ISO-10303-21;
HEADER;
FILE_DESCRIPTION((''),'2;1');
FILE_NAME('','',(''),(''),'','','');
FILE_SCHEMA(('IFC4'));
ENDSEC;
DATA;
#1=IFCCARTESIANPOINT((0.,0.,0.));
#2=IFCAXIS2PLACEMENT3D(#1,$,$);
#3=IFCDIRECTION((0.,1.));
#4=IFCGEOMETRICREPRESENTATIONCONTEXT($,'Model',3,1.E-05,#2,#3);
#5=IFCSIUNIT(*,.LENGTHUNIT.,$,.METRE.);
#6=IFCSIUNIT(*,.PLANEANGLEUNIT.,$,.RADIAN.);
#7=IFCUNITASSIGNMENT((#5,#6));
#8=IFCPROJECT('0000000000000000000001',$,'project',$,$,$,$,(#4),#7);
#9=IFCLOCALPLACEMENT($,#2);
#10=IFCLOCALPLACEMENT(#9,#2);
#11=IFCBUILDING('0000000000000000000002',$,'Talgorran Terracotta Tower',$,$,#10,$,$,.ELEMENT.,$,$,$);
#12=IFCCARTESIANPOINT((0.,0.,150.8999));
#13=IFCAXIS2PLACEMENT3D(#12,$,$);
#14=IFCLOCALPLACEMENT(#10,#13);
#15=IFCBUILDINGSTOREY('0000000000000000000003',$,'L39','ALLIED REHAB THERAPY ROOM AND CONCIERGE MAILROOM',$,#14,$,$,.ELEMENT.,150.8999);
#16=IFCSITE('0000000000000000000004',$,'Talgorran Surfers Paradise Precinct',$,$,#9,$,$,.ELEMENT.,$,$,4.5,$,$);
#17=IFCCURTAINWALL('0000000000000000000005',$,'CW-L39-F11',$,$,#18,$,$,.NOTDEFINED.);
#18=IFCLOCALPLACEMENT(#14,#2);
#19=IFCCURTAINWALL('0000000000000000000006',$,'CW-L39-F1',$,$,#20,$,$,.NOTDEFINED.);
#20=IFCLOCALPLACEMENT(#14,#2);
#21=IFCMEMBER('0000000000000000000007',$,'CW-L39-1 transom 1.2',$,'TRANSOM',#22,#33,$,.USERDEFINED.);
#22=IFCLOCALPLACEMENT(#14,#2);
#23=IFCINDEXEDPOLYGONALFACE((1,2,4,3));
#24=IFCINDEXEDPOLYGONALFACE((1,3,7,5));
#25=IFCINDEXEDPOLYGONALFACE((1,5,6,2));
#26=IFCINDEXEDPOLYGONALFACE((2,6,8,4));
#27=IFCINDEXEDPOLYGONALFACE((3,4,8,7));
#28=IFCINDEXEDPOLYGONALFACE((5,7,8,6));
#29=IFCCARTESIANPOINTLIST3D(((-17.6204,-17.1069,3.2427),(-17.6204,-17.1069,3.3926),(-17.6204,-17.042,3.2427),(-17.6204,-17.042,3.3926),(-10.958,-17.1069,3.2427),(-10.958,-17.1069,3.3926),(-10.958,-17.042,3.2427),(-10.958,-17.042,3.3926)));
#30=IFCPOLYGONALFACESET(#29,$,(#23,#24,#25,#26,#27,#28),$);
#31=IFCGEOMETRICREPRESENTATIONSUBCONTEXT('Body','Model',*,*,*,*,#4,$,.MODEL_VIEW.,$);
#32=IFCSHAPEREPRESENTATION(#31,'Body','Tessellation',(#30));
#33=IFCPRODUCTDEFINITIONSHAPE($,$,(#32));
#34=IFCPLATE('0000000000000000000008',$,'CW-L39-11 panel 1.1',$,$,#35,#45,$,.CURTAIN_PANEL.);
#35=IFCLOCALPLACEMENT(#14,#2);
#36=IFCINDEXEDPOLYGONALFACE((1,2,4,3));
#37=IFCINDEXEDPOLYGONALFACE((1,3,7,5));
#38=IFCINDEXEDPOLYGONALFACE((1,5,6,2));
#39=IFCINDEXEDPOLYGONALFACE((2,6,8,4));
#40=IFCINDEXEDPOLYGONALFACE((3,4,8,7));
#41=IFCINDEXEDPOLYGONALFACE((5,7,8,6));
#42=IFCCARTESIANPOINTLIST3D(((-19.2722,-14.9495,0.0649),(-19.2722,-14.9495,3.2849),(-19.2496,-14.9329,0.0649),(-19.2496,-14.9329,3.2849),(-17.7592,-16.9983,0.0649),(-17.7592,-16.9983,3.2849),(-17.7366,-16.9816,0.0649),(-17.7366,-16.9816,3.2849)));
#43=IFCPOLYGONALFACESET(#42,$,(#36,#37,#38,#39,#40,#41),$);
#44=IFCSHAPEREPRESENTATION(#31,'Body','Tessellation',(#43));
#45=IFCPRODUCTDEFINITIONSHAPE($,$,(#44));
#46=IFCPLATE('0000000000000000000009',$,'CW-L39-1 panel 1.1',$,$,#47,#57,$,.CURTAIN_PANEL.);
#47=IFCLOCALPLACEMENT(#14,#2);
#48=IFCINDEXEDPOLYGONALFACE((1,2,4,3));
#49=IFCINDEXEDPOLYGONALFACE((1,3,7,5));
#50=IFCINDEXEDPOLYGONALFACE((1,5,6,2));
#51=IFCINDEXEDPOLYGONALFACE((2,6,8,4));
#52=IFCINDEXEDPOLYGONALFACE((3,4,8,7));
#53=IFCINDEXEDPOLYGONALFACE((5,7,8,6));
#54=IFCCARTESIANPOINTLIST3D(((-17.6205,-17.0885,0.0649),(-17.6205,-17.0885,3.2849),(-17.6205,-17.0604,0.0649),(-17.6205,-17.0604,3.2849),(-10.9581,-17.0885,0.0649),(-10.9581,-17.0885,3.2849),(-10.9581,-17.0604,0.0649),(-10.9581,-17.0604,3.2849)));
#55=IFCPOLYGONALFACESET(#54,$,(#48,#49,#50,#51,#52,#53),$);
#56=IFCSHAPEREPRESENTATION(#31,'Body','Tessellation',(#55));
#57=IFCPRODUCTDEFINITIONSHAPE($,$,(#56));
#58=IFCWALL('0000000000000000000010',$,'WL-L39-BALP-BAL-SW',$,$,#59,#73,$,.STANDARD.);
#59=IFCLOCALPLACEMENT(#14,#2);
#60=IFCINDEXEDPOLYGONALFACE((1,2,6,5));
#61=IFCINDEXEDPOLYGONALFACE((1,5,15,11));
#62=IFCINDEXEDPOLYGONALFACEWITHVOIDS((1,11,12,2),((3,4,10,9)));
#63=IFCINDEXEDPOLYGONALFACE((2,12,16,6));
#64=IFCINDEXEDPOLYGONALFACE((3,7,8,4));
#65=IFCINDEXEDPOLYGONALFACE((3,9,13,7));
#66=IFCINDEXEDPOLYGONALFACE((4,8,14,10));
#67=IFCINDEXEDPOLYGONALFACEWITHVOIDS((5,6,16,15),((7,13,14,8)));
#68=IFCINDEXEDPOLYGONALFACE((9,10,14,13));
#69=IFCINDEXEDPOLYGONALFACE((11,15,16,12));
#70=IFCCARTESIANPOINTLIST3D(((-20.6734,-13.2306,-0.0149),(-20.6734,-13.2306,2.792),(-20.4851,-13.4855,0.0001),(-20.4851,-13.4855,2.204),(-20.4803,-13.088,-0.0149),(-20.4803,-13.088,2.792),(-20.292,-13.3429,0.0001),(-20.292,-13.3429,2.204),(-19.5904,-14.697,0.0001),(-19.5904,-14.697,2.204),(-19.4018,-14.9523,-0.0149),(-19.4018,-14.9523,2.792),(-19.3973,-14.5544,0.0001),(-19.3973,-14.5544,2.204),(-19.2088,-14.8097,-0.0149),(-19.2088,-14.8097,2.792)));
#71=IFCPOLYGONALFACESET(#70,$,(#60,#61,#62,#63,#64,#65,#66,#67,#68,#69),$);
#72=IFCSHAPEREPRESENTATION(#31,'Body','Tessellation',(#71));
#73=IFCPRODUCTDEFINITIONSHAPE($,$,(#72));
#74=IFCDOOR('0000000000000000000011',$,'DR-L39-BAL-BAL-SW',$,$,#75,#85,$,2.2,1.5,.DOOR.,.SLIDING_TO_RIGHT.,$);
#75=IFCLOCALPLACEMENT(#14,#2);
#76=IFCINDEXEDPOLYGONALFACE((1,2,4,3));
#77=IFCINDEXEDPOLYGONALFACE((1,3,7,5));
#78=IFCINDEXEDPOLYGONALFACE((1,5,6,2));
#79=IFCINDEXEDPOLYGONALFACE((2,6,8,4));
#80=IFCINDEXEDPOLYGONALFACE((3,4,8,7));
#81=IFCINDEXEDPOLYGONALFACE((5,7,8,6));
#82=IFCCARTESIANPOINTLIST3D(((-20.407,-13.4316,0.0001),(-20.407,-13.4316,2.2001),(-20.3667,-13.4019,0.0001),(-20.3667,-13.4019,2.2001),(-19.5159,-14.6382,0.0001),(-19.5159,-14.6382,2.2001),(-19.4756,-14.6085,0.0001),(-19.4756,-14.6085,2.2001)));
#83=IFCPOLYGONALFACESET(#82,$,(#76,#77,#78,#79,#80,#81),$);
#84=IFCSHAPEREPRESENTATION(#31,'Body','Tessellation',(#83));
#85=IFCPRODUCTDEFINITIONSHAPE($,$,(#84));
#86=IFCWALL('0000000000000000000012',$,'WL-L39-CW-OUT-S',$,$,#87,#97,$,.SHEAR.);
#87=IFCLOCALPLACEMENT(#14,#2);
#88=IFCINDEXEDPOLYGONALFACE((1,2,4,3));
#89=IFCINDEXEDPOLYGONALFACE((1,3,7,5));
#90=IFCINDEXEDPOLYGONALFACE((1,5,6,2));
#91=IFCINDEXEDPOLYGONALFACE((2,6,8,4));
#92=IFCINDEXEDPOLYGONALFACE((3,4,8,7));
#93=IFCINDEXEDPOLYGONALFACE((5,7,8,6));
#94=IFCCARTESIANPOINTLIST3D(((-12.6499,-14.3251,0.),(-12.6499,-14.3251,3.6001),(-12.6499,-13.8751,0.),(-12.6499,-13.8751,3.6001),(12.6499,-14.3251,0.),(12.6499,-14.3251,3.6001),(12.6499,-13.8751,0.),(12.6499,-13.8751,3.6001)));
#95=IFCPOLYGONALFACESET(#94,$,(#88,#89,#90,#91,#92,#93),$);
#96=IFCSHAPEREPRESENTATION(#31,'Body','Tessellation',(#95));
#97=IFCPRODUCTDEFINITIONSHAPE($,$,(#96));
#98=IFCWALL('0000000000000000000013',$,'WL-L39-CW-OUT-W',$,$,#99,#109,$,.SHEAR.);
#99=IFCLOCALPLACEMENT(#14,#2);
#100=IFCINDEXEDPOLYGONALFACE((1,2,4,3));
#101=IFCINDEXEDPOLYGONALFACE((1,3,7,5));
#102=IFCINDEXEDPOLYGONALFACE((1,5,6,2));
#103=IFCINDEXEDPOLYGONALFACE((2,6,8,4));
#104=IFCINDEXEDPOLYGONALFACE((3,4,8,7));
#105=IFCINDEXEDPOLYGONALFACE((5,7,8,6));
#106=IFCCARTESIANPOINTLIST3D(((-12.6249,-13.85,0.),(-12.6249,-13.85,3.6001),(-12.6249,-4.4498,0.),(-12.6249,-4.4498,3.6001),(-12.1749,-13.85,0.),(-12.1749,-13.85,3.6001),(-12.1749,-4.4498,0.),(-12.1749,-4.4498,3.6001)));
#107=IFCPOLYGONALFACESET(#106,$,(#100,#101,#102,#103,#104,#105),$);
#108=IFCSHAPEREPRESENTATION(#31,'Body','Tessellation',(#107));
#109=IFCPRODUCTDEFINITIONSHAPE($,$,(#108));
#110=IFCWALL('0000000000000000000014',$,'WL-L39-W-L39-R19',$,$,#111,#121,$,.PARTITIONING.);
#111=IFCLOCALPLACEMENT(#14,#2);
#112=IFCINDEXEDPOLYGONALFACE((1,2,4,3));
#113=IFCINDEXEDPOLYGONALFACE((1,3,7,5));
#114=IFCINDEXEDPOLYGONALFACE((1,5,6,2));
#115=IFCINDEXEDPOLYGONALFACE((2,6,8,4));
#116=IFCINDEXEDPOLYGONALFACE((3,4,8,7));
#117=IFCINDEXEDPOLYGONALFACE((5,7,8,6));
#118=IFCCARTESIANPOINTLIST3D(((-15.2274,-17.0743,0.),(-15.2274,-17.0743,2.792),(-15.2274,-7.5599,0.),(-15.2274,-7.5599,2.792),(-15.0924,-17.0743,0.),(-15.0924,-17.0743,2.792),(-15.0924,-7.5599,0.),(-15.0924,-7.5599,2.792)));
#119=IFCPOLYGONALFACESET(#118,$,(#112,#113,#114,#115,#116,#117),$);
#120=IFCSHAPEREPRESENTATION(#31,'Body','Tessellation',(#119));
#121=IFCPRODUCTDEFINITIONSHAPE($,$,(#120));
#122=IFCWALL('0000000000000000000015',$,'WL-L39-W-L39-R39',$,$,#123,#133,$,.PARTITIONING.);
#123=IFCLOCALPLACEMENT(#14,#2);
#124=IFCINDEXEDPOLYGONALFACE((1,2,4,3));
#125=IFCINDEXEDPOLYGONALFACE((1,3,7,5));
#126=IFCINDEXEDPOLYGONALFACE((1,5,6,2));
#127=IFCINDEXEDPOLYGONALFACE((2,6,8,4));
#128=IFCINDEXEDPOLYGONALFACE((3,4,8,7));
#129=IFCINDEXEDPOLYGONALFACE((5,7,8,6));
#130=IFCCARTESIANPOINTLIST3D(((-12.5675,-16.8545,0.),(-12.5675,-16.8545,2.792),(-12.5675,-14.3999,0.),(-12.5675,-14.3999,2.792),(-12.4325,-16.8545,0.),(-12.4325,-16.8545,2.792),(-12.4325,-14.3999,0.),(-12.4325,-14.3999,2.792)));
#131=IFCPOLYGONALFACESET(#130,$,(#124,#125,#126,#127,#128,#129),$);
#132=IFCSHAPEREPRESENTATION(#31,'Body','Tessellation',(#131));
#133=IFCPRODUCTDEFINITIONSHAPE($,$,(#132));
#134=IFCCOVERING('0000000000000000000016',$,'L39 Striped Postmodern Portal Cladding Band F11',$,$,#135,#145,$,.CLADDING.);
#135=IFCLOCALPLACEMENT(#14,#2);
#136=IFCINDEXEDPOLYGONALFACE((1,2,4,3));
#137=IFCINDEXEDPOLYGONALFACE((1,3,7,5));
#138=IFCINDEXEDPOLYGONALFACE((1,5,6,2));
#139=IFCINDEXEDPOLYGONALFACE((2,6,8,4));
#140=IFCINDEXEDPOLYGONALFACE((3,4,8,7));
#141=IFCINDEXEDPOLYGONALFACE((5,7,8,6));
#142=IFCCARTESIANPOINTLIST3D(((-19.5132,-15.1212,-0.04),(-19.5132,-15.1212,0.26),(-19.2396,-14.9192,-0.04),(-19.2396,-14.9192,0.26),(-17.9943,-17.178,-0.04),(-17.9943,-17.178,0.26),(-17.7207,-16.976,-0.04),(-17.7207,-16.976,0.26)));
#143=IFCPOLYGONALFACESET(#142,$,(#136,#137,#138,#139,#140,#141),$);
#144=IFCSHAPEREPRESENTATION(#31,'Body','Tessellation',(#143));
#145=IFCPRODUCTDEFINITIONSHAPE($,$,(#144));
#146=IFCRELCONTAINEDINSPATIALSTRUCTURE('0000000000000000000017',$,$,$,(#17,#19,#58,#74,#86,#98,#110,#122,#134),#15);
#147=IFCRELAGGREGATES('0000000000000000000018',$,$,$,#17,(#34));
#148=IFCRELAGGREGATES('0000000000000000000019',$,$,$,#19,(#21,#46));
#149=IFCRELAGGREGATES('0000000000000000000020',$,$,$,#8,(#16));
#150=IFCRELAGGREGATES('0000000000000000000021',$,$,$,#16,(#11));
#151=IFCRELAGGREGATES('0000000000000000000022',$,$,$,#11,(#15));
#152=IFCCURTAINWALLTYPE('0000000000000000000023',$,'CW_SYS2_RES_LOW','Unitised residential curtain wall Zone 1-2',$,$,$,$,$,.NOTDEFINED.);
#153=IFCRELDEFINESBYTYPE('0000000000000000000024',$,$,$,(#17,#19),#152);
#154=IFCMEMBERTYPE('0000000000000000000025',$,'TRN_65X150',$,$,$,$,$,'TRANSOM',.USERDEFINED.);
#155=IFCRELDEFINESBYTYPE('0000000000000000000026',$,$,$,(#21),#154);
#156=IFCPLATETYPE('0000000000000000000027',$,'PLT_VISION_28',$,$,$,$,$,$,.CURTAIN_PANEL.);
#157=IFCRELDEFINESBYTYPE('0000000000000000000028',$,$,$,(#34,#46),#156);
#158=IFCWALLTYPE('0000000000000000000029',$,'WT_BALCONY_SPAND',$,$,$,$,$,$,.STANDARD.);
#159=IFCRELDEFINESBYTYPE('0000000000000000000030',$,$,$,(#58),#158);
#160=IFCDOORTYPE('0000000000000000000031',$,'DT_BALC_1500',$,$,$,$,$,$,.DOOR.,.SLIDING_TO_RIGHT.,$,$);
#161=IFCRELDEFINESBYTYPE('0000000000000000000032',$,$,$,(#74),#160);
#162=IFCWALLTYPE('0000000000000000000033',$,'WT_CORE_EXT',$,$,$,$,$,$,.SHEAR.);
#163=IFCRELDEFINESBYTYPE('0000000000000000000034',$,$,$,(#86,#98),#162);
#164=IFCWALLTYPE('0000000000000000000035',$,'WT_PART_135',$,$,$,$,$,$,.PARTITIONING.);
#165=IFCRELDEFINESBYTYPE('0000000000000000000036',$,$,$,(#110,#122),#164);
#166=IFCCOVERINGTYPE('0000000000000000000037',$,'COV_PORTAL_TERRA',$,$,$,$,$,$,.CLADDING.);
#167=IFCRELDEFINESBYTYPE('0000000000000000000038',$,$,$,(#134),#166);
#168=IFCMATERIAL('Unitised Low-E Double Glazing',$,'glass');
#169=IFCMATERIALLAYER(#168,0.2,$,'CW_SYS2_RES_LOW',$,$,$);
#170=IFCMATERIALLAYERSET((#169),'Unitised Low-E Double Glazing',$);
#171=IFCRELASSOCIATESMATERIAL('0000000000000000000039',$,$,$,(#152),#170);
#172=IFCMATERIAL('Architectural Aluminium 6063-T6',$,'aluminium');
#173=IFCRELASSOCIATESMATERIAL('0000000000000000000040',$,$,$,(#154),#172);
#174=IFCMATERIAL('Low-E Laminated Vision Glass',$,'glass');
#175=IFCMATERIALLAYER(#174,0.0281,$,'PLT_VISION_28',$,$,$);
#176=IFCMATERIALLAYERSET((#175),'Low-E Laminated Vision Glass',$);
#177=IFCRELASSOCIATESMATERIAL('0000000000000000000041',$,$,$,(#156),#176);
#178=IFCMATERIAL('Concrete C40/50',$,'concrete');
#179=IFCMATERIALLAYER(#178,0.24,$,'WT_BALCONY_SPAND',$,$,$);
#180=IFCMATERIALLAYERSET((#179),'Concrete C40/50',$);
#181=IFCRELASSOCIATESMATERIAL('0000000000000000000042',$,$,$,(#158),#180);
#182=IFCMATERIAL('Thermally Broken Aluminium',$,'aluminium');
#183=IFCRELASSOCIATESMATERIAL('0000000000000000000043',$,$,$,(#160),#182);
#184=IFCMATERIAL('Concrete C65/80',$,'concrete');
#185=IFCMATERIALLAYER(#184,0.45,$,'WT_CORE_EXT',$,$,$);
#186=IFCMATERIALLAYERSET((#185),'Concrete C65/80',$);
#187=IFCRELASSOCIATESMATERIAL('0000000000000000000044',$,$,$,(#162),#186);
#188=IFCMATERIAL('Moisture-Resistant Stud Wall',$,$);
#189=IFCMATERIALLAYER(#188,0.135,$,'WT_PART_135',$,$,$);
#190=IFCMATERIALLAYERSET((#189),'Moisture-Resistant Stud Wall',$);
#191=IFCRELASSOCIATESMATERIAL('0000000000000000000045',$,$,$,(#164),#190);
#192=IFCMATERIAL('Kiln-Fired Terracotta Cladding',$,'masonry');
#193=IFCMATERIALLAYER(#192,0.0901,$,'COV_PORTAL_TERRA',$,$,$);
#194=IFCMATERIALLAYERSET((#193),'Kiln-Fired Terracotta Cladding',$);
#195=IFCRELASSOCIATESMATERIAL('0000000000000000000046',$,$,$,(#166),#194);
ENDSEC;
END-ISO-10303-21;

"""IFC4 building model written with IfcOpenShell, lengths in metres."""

from ifc_helpers import new_model, si_unit, direction, frame, frame_2d, origin, origin_2d, place, context, subcontext, project, spatial, rectangle, extrude, source, transform, mapped, material, layer, layer_set, material_profile, profile_set, type_object, type_shapes, element, fill, aggregate, save


model = new_model("IFC4")

# Units and contexts
model_context = context("Model", 3, precision=1e-05, world=origin(), true_north=direction((0.0, 1.0)))
body_context = subcontext(model_context, "Body", "Model", "MODEL_VIEW")
ifc_project = project(units=[si_unit("LENGTHUNIT", "METRE"), si_unit("PLANEANGLEUNIT", "RADIAN")], contexts=[model_context])

# Site, building, storey
site_placement = place(None, origin())
site = spatial("IfcSite", under=ifc_project, at=site_placement, Name="Talgorran Surfers Paradise Precinct", CompositionType="ELEMENT", RefElevation=4.5)
building_placement = place(site_placement, origin())
building = spatial("IfcBuilding", under=site, at=building_placement, Name="Talgorran Terracotta Tower", CompositionType="ELEMENT")
storey_placement = place(building_placement, frame((0.0, 0.0, 150.8999)))
storey = spatial("IfcBuildingStorey", under=building, at=storey_placement, Name="L39", Description="ALLIED REHAB THERAPY ROOM AND CONCIERGE MAILROOM", CompositionType="ELEMENT", Elevation=150.8999)

# Shared definitions
ifc_material_1 = material(Name="Unitised Low-E Double Glazing", Category="glass")
ifc_layer_1 = layer(ifc_material_1, 0.2, Name="CW_SYS2_RES_LOW")
ifc_layer_set_1 = layer_set([ifc_layer_1], Name="Unitised Low-E Double Glazing")
curtain_wall_type = type_object("IfcCurtainWallType", Name="CW_SYS2_RES_LOW", Description="Unitised residential curtain wall Zone 1-2", PredefinedType="NOTDEFINED", material=ifc_layer_set_1)
ifc_material_2 = material(Name="Architectural Aluminium 6063-T6", Category="aluminium")

# Curtain wall
curtain_wall_1_placement = place(storey_placement, origin())
curtain_wall_1 = element("IfcCurtainWall", 1, at=curtain_wall_1_placement, inside=storey, type_object=curtain_wall_type, Name="CW-L39-F11", PredefinedType="NOTDEFINED")

# Curtain wall
curtain_wall_2_placement = place(storey_placement, origin())
curtain_wall_2 = element("IfcCurtainWall", 2, at=curtain_wall_2_placement, inside=storey, type_object=curtain_wall_type, Name="CW-L39-F1", PredefinedType="NOTDEFINED")

# Member
ifc_material_profile_1 = material_profile(ifc_material_2, rectangle(XDim=0.0649, YDim=0.1499, at=origin_2d()), Name="CWT65X150")
ifc_profile_set_1 = profile_set([ifc_material_profile_1], Name="Architectural Aluminium 6063-T6")
member_type_1 = type_object("IfcMemberType", Name="TRN_65X150", ElementType="TRANSOM", PredefinedType="USERDEFINED", material=ifc_profile_set_1)
member_1_placement = place(storey_placement, frame((-17.6204, -17.0745, 3.3176), z_axis=(1.0, 0.0, 0.0), x_axis=(0.0, 1.0, 0.0)))
member_1 = element("IfcMember", 3, at=member_1_placement, type_object=member_type_1, Name="CW-L39-1 transom 1.2", ObjectType="TRANSOM", PredefinedType="USERDEFINED", context=body_context, shape_type="SweptSolid", body=[
    extrude(rectangle(XDim=0.0649, YDim=0.1499, at=origin_2d()), origin(), (0.0, 0.0, 1.0), 6.6624),
])

# Plates
ifc_material_3 = material(Name="Low-E Laminated Vision Glass", Category="glass")
ifc_layer_2 = layer(ifc_material_3, 0.0281, Name="PLT_VISION_28")
ifc_layer_set_2 = layer_set([ifc_layer_2], Name="Low-E Laminated Vision Glass")
plate_type = type_object("IfcPlateType", Name="PLT_VISION_28", PredefinedType="CURTAIN_PANEL", material=ifc_layer_set_2)
shared_shape_1 = source(origin(), body_context, "Body", "SweptSolid", [
    extrude(rectangle(XDim=2.5469, YDim=0.0281, at=origin_2d()), origin(), (0.0, 0.0, 1.0), 3.22),
])
plate_1_placement = place(storey_placement, frame((-18.5044, -15.9656, 0.0649), z_axis=(0.0, 0.0, 1.0), x_axis=(0.594066, -0.804416, 0.0)))
plate_1 = element("IfcPlate", 4, at=plate_1_placement, type_object=plate_type, Name="CW-L39-11 panel 1.1", PredefinedType="CURTAIN_PANEL", context=body_context, shape_type="MappedRepresentation", body=[
    mapped(shared_shape_1, transform((0.0, 0.0, 0.0), scale=1.0)),
])
aggregate(curtain_wall_1, [plate_1])
shared_shape_2 = source(origin(), body_context, "Body", "SweptSolid", [
    extrude(rectangle(XDim=6.6624, YDim=0.0281, at=origin_2d()), origin(), (0.0, 0.0, 1.0), 3.22),
])
type_shapes(plate_type, [shared_shape_1, shared_shape_2])
plate_2_placement = place(storey_placement, frame((-14.2893, -17.0745, 0.0649), z_axis=(0.0, 0.0, 1.0), x_axis=(1.0, 0.0, 0.0)))
plate_2 = element("IfcPlate", 5, at=plate_2_placement, type_object=plate_type, Name="CW-L39-1 panel 1.1", PredefinedType="CURTAIN_PANEL", context=body_context, shape_type="MappedRepresentation", body=[
    mapped(shared_shape_2, transform((0.0, 0.0, 0.0), scale=1.0)),
])
aggregate(curtain_wall_2, [member_1, plate_2])

# Wall, opening, door
ifc_material_4 = material(Name="Concrete C40/50", Category="concrete")
ifc_layer_3 = layer(ifc_material_4, 0.24, Name="WT_BALCONY_SPAND")
ifc_layer_set_3 = layer_set([ifc_layer_3], Name="Concrete C40/50")
wall_type_1 = type_object("IfcWallType", Name="WT_BALCONY_SPAND", PredefinedType="STANDARD", material=ifc_layer_set_3)
wall_1_placement = place(storey_placement, frame((-20.5769, -13.1592, -0.0149), z_axis=(0.0, 0.0, 1.0), x_axis=(0.59407, -0.804413, 0.0)))
wall_1 = element("IfcWall", 6, at=wall_1_placement, inside=storey, type_object=wall_type_1, Name="WL-L39-BALP-BAL-SW", PredefinedType="STANDARD", context=body_context, shape_type="SweptSolid", body=[
    extrude(rectangle(XDim=2.1404, YDim=0.24, at=frame_2d((1.0703, 0.0))), origin(), (0.0, 0.0, 1.0), 2.8069),
])
opening_placement = place(wall_1_placement, frame((0.3201, 0.0, 0.0149)))
opening = element("IfcOpeningElement", 7, at=opening_placement, cuts=wall_1, PredefinedType="OPENING", context=body_context, shape_type="SweptSolid", body=[
    extrude(rectangle(XDim=1.506, YDim=2.204, at=frame_2d((0.75, 1.1021))), frame((0.0, 0.1299, 0.0), z_axis=(0.0, -1.0, 0.0), x_axis=(1.0, 0.0, 0.0)), (0.0, 0.0, 1.0), 0.26),
])
ifc_material_5 = material(Name="Thermally Broken Aluminium", Category="aluminium")
door_type = type_object("IfcDoorType", Name="DT_BALC_1500", OperationType="SLIDING_TO_RIGHT", PredefinedType="DOOR", material=ifc_material_5)
door_placement = place(opening_placement, origin())
door = element("IfcDoor", 8, at=door_placement, inside=storey, type_object=door_type, Name="DR-L39-BAL-BAL-SW", OperationType="SLIDING_TO_RIGHT", OverallHeight=2.2, OverallWidth=1.5, PredefinedType="DOOR", context=body_context, shape_type="SweptSolid", body=[
    extrude(rectangle(XDim=1.5, YDim=2.2, at=frame_2d((0.75, 1.1001))), frame((0.0, 0.0249, 0.0), z_axis=(0.0, -1.0, 0.0), x_axis=(1.0, 0.0, 0.0)), (0.0, 0.0, 1.0), 0.05),
])
fill(opening, door)

# Walls
ifc_material_6 = material(Name="Concrete C65/80", Category="concrete")
ifc_layer_4 = layer(ifc_material_6, 0.45, Name="WT_CORE_EXT")
ifc_layer_set_4 = layer_set([ifc_layer_4], Name="Concrete C65/80")
wall_type_2 = type_object("IfcWallType", Name="WT_CORE_EXT", PredefinedType="SHEAR", material=ifc_layer_set_4)
wall_2_placement = place(storey_placement, frame((-12.6499, -14.1001, 0.0), z_axis=(0.0, 0.0, 1.0), x_axis=(1.0, 0.0, 0.0)))
element("IfcWall", 9, at=wall_2_placement, inside=storey, type_object=wall_type_2, Name="WL-L39-CW-OUT-S", PredefinedType="SHEAR", context=body_context, shape_type="SweptSolid", body=[
    extrude(rectangle(XDim=25.2998, YDim=0.45, at=frame_2d((12.6499, 0.0))), origin(), (0.0, 0.0, 1.0), 3.6001),
])
wall_3_placement = place(storey_placement, frame((-12.3999, -13.8501, 0.0), z_axis=(0.0, 0.0, 1.0), x_axis=(0.0, 1.0, 0.0)))
element("IfcWall", 10, at=wall_3_placement, inside=storey, type_object=wall_type_2, Name="WL-L39-CW-OUT-W", PredefinedType="SHEAR", context=body_context, shape_type="SweptSolid", body=[
    extrude(rectangle(XDim=9.4001, YDim=0.45, at=frame_2d((4.7002, 0.0))), origin(), (0.0, 0.0, 1.0), 3.6001),
])
ifc_material_7 = material(Name="Moisture-Resistant Stud Wall")
ifc_layer_5 = layer(ifc_material_7, 0.135, Name="WT_PART_135")
ifc_layer_set_5 = layer_set([ifc_layer_5], Name="Moisture-Resistant Stud Wall")
wall_type_3 = type_object("IfcWallType", Name="WT_PART_135", PredefinedType="PARTITIONING", material=ifc_layer_set_5)
wall_4_placement = place(storey_placement, frame((-15.1599, -17.0745, 0.0), z_axis=(0.0, 0.0, 1.0), x_axis=(0.0, 1.0, 0.0)))
element("IfcWall", 11, at=wall_4_placement, inside=storey, type_object=wall_type_3, Name="WL-L39-W-L39-R19", PredefinedType="PARTITIONING", context=body_context, shape_type="SweptSolid", body=[
    extrude(rectangle(XDim=9.5144, YDim=0.135, at=frame_2d((4.7573, 0.0))), origin(), (0.0, 0.0, 1.0), 2.792),
])
wall_5_placement = place(storey_placement, frame((-12.5, -14.3999, 0.0), z_axis=(0.0, 0.0, 1.0), x_axis=(0.0, -1.0, 0.0)))
element("IfcWall", 12, at=wall_5_placement, inside=storey, type_object=wall_type_3, Name="WL-L39-W-L39-R39", PredefinedType="PARTITIONING", context=body_context, shape_type="SweptSolid", body=[
    extrude(rectangle(XDim=2.4546, YDim=0.135, at=frame_2d((1.2273, 0.0))), origin(), (0.0, 0.0, 1.0), 2.792),
])

# Covering
ifc_material_8 = material(Name="Kiln-Fired Terracotta Cladding", Category="masonry")
ifc_layer_6 = layer(ifc_material_8, 0.0901, Name="COV_PORTAL_TERRA")
ifc_layer_set_6 = layer_set([ifc_layer_6], Name="Kiln-Fired Terracotta Cladding")
covering_type = type_object("IfcCoveringType", Name="COV_PORTAL_TERRA", PredefinedType="CLADDING", material=ifc_layer_set_6)
covering_placement = place(storey_placement, frame((-18.6169, -16.0486, -0.04), z_axis=(0.0, 0.0, 1.0), x_axis=(0.594065, -0.804417, 0.0)))
element("IfcCovering", 13, at=covering_placement, inside=storey, type_object=covering_type, Name="L39 Striped Postmodern Portal Cladding Band F11", PredefinedType="CLADDING", context=body_context, shape_type="SweptSolid", body=[
    extrude(rectangle(XDim=2.5569, YDim=0.3401, at=origin_2d()), origin(), (0.0, 0.0, 1.0), 0.3),
])

save(model, "model.ifc")
